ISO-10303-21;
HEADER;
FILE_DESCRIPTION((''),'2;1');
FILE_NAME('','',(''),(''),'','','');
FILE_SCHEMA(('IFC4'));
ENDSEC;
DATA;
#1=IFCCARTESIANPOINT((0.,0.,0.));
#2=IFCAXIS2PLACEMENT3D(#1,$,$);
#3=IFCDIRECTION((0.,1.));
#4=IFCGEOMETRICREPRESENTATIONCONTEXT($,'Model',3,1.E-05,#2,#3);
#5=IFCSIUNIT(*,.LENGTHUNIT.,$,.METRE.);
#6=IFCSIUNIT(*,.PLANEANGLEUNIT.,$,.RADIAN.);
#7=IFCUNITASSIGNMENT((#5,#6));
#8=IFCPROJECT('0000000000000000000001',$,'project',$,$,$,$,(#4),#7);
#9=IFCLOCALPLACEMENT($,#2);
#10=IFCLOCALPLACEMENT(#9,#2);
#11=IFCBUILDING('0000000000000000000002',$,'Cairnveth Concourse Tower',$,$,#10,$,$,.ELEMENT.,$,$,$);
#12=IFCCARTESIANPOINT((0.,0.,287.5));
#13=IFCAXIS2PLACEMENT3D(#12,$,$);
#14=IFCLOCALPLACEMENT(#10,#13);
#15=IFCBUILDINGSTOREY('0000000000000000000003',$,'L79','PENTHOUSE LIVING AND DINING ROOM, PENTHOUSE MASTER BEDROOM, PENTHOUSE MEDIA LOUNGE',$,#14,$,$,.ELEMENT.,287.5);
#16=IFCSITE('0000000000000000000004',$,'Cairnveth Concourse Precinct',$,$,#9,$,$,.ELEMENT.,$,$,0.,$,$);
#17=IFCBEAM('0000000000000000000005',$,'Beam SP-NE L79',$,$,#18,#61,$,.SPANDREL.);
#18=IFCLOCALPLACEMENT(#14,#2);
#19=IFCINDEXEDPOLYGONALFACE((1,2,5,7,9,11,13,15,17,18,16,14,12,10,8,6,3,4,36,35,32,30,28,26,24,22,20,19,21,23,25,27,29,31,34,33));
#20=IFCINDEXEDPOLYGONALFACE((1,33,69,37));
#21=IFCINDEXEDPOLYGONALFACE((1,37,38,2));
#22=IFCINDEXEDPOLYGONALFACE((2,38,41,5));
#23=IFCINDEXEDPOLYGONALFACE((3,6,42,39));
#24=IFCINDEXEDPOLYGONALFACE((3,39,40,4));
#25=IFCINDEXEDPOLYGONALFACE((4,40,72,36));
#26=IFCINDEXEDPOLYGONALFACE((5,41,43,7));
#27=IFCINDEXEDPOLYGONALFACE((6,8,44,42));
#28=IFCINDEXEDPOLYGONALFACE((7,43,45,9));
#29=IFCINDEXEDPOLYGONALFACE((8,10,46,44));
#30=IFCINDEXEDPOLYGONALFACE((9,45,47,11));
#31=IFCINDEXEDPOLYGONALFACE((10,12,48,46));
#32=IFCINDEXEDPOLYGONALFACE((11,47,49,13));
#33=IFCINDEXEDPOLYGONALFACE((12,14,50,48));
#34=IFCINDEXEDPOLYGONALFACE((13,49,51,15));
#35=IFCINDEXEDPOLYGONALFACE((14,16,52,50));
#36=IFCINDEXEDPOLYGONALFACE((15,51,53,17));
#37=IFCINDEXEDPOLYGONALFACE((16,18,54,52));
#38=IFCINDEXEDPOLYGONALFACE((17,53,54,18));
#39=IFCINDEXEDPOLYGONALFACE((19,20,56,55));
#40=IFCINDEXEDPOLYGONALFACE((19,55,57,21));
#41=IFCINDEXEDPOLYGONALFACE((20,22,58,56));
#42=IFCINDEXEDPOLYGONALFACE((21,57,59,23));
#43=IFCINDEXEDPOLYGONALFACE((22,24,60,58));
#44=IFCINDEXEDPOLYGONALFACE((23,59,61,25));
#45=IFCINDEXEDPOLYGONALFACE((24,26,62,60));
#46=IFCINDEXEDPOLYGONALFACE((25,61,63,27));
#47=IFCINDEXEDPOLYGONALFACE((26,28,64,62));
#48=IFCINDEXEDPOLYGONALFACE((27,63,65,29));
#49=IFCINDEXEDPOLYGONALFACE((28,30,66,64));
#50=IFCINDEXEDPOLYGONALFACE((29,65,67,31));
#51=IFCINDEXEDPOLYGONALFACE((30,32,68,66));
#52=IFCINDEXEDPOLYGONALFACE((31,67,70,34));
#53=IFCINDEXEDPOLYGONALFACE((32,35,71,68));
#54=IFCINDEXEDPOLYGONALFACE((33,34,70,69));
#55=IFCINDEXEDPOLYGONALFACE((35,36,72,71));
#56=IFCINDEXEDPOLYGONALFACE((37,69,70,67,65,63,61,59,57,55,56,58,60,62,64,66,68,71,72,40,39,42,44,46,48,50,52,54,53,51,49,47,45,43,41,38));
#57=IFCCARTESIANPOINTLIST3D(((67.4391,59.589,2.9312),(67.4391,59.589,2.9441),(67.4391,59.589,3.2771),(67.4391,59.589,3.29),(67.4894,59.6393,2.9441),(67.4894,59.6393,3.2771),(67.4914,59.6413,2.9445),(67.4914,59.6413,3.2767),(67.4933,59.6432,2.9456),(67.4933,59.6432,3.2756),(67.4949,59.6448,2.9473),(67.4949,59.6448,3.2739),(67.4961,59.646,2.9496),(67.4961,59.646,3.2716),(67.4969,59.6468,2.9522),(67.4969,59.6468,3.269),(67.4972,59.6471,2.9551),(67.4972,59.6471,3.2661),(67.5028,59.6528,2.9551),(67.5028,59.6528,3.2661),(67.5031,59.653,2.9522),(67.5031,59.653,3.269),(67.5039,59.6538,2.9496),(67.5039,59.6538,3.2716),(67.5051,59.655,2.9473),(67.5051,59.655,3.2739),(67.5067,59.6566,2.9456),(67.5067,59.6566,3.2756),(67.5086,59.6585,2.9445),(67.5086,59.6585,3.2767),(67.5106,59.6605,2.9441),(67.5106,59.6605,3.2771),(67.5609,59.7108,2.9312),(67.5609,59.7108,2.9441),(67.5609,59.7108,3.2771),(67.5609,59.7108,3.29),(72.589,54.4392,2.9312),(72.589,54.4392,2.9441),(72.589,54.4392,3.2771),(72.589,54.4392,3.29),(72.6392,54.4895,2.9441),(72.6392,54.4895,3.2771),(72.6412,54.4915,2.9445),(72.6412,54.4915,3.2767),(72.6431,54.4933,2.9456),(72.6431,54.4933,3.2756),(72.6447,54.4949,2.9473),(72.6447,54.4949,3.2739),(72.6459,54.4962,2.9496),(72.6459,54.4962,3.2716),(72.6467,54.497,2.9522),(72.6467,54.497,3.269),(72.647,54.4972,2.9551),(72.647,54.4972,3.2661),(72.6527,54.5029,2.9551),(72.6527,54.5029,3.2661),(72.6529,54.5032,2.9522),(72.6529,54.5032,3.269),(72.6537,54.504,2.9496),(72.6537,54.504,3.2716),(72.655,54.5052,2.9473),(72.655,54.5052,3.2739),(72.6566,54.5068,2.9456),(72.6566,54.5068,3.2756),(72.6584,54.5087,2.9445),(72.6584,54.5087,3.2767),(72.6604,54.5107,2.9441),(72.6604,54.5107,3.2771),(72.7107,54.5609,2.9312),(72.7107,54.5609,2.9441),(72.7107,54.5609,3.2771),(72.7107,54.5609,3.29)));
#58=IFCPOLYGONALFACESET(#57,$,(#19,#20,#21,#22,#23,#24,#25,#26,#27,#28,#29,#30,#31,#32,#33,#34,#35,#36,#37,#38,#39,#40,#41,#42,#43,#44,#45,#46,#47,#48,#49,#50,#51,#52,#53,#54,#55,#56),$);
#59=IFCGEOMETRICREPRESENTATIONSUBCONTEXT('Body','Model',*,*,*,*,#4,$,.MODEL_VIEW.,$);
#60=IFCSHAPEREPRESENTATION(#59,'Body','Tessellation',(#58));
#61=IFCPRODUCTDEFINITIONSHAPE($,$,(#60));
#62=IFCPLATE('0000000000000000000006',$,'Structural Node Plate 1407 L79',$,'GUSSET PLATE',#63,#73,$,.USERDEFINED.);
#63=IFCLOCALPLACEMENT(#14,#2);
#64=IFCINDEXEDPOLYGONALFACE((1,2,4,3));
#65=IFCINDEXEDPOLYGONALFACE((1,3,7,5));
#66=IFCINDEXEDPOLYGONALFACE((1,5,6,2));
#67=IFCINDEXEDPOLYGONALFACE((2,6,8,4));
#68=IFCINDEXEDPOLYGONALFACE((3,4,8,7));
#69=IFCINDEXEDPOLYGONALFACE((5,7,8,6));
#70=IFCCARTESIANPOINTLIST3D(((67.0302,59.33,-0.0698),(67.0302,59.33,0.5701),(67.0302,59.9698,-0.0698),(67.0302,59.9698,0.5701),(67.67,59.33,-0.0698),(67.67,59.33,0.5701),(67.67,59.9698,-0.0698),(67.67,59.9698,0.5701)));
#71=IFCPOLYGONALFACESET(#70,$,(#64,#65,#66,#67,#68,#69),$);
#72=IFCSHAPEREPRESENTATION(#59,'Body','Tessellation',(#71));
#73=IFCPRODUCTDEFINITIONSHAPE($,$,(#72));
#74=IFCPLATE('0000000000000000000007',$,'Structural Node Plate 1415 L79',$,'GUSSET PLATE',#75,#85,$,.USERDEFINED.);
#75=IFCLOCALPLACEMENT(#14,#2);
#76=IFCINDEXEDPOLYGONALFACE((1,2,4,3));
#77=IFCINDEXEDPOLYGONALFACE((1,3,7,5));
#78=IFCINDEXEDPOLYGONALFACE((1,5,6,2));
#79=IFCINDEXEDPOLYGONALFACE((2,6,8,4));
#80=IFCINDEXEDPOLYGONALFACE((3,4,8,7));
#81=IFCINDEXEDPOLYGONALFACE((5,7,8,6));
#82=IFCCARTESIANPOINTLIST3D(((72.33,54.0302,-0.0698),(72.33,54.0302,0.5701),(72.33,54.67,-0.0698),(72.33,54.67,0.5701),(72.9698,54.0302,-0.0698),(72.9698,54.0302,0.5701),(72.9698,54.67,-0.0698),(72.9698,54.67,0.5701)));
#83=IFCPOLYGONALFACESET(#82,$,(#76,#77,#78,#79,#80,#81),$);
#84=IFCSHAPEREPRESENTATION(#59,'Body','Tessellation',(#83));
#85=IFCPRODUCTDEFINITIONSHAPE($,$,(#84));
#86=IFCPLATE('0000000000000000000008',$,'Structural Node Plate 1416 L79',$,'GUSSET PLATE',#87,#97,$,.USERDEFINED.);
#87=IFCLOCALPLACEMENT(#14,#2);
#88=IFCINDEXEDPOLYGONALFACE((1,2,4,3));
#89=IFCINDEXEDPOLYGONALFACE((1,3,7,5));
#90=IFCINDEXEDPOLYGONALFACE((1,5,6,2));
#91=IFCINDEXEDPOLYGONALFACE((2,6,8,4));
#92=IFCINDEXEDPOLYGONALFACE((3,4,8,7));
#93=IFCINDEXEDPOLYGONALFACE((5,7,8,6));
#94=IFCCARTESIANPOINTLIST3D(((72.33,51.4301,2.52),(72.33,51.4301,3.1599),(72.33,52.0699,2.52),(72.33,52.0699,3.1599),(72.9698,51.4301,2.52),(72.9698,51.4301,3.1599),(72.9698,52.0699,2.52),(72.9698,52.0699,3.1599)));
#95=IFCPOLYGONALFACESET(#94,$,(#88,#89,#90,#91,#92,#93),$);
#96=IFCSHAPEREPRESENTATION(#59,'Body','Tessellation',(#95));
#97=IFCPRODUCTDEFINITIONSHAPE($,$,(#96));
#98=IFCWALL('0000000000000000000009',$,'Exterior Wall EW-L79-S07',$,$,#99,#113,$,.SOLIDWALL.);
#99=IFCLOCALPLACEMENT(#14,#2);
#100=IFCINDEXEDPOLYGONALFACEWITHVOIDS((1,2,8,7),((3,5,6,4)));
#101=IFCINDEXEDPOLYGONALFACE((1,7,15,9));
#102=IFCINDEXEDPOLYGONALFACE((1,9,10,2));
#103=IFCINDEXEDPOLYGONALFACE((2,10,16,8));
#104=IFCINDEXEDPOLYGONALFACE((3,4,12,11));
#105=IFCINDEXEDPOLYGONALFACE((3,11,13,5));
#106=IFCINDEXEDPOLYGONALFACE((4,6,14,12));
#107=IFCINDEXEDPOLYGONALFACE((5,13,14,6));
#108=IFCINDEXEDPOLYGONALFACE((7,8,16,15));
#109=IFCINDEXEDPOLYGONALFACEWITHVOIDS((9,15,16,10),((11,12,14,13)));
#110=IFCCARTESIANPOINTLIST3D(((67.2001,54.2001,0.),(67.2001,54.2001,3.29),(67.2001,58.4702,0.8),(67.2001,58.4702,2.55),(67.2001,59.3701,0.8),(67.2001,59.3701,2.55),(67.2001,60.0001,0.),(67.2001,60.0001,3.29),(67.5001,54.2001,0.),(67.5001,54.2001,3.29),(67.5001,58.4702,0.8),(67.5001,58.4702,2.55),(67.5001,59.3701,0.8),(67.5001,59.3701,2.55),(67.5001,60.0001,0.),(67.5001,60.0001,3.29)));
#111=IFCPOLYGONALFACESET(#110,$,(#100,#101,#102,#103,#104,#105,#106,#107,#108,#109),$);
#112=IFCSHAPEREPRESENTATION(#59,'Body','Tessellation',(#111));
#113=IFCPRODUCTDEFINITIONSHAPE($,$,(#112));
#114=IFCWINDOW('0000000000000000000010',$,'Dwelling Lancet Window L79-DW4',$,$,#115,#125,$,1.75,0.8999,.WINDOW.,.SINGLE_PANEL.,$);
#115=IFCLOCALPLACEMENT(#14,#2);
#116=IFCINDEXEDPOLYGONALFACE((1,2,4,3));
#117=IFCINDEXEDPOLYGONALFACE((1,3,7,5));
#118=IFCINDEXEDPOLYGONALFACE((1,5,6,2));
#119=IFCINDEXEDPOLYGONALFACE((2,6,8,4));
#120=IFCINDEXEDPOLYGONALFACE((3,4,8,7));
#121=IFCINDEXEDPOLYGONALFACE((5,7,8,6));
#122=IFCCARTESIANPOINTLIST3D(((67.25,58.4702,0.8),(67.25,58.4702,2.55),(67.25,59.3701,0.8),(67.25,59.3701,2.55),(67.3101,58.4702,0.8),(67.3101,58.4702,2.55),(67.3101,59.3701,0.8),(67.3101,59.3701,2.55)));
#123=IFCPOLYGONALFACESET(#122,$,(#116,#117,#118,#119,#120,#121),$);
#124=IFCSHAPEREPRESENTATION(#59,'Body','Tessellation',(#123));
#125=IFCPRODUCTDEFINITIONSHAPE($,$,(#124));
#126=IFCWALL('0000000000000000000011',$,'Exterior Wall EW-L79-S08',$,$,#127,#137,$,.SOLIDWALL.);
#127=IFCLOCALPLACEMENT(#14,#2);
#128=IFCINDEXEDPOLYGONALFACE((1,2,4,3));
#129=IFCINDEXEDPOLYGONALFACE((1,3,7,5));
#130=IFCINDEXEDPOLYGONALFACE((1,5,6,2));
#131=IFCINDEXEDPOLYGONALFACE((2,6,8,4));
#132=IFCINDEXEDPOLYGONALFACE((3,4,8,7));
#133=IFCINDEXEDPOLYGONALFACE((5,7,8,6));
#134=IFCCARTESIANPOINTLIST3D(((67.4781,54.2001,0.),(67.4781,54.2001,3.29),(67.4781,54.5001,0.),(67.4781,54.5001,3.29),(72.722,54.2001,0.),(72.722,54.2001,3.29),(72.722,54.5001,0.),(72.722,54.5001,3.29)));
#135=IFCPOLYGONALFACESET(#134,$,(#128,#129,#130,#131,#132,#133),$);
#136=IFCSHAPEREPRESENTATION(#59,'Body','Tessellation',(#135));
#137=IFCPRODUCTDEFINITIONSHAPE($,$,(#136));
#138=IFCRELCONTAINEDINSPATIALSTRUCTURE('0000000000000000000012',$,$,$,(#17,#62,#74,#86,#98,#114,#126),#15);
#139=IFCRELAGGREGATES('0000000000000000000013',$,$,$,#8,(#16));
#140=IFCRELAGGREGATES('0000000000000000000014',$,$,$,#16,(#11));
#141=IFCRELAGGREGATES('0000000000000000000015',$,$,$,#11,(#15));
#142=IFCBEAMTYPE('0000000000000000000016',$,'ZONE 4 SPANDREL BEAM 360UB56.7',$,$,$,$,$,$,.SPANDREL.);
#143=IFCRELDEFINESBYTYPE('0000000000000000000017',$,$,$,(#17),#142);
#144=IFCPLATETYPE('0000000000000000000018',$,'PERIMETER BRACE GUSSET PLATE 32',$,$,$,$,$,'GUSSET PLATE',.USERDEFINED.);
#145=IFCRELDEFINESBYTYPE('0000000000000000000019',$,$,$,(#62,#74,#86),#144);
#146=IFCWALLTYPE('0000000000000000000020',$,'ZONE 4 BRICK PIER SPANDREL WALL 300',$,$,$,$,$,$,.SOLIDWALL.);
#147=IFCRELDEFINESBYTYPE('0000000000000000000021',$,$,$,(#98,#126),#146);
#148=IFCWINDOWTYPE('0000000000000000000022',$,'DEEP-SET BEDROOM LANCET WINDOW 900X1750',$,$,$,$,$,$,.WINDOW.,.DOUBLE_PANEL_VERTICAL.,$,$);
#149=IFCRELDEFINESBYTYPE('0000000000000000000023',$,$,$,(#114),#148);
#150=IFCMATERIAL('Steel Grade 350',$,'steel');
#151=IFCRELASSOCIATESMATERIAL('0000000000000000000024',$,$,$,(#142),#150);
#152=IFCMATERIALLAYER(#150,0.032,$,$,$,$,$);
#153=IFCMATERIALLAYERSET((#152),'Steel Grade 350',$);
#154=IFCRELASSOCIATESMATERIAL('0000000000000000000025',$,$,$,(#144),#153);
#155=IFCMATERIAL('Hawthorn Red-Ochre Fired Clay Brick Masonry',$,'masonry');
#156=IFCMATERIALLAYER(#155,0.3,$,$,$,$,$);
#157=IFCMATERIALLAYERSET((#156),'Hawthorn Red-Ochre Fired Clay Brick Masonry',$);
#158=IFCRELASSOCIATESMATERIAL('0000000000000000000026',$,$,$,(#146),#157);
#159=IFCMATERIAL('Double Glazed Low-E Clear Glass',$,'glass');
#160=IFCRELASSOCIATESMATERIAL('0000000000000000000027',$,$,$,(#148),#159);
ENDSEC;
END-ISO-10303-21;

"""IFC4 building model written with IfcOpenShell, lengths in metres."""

from ifc_helpers import new_model, si_unit, direction, frame, frame_2d, origin, origin_2d, place, context, subcontext, project, spatial, rectangle, i_section, extrude, material, layer, layer_set, material_profile, profile_set, type_object, element, fill, save


model = new_model("IFC4")

# Units and contexts
model_context = context("Model", 3, precision=1e-05, world=origin(), true_north=direction((0.0, 1.0)))
body_context = subcontext(model_context, "Body", "Model", "MODEL_VIEW")
ifc_project = project(units=[si_unit("LENGTHUNIT", "METRE"), si_unit("PLANEANGLEUNIT", "RADIAN")], contexts=[model_context])

# Site, building, storey
site_placement = place(None, origin())
site = spatial("IfcSite", under=ifc_project, at=site_placement, Name="Cairnveth Concourse Precinct", CompositionType="ELEMENT", RefElevation=0.0)
building_placement = place(site_placement, origin())
building = spatial("IfcBuilding", under=site, at=building_placement, Name="Cairnveth Concourse Tower", CompositionType="ELEMENT")
storey_placement = place(building_placement, frame((0.0, 0.0, 287.5)))
storey = spatial("IfcBuildingStorey", under=building, at=storey_placement, Name="L79", Description="PENTHOUSE LIVING AND DINING ROOM, PENTHOUSE MASTER BEDROOM, PENTHOUSE MEDIA LOUNGE", CompositionType="ELEMENT", Elevation=287.5)

# Shared definitions
ifc_material_1 = material(Name="Steel Grade 350", Category="steel")

# Beam
ifc_material_profile_1 = material_profile(ifc_material_1, i_section(OverallWidth=0.1721, OverallDepth=0.3589, WebThickness=0.0081, FlangeThickness=0.0129, FilletRadius=0.011, at=origin_2d()), Name="360UB56.7")
ifc_profile_set_1 = profile_set([ifc_material_profile_1], Name="Steel Grade 350")
beam_type_1 = type_object("IfcBeamType", Name="ZONE 4 SPANDREL BEAM 360UB56.7", PredefinedType="SPANDREL", material=ifc_profile_set_1)
beam_1_placement = place(storey_placement, frame((67.5, 59.6499, 3.1106), z_axis=(0.707107, -0.707107, 0.0), x_axis=(0.707107, 0.707107, 0.0)))
element("IfcBeam", 1, at=beam_1_placement, inside=storey, type_object=beam_type_1, Name="Beam SP-NE L79", PredefinedType="SPANDREL", context=body_context, shape_type="SweptSolid", body=[
    extrude(i_section(OverallWidth=0.1721, OverallDepth=0.3589, WebThickness=0.0081, FlangeThickness=0.0129, FilletRadius=0.011, at=origin_2d()), origin(), (0.0, 0.0, 1.0), 7.283),
])

# Plates
ifc_layer_1 = layer(ifc_material_1, 0.032)
ifc_layer_set_1 = layer_set([ifc_layer_1], Name="Steel Grade 350")
plate_type = type_object("IfcPlateType", Name="PERIMETER BRACE GUSSET PLATE 32", ElementType="GUSSET PLATE", PredefinedType="USERDEFINED", material=ifc_layer_set_1)
for number, where, z_axis, x_axis, name in (
    (2, (67.3501, 59.6499, -0.0698), (0.0, 0.0, 1.0), (1.0, 0.0, 0.0), "Structural Node Plate 1407 L79"),
    (3, (72.6499, 54.3501, -0.0698), (0.0, 0.0, 1.0), (1.0, 0.0, 0.0), "Structural Node Plate 1415 L79"),
    (4, (72.6499, 51.75, 2.52), (0.0, 0.0, 1.0), (1.0, 0.0, 0.0), "Structural Node Plate 1416 L79"),
):
    element("IfcPlate", number, at=place(storey_placement, frame(where, z_axis=z_axis, x_axis=x_axis)), inside=storey, type_object=plate_type, Name=name, ObjectType="GUSSET PLATE", PredefinedType="USERDEFINED", context=body_context, shape_type="SweptSolid", body=[
        extrude(rectangle(XDim=0.6399, YDim=0.6399, at=origin_2d()), origin(), (0.0, 0.0, 1.0), 0.6399),
    ])

# Wall, opening, window
ifc_material_2 = material(Name="Hawthorn Red-Ochre Fired Clay Brick Masonry", Category="masonry")
ifc_layer_2 = layer(ifc_material_2, 0.3)
ifc_layer_set_2 = layer_set([ifc_layer_2], Name="Hawthorn Red-Ochre Fired Clay Brick Masonry")
wall_type = type_object("IfcWallType", Name="ZONE 4 BRICK PIER SPANDREL WALL 300", PredefinedType="SOLIDWALL", material=ifc_layer_set_2)
wall_1_placement = place(storey_placement, frame((67.3501, 60.0, 0.0), z_axis=(0.0, 0.0, 1.0), x_axis=(0.0, -1.0, 0.0)))
wall_1 = element("IfcWall", 5, at=wall_1_placement, inside=storey, type_object=wall_type, Name="Exterior Wall EW-L79-S07", PredefinedType="SOLIDWALL", context=body_context, shape_type="SweptSolid", body=[
    extrude(rectangle(XDim=5.8, YDim=0.3, at=frame_2d((2.8999, 0.0))), origin(), (0.0, 0.0, 1.0), 3.29),
])
opening_1_placement = place(wall_1_placement, frame((0.6299, 0.0, 0.8)))
opening_1 = element("IfcOpeningElement", 6, at=opening_1_placement, cuts=wall_1, PredefinedType="OPENING", context=body_context, shape_type="SweptSolid", body=[
    extrude(rectangle(XDim=0.8999, YDim=1.75, at=frame_2d((0.45, 0.875))), frame((0.0, 0.1599, 0.0), z_axis=(0.0, -1.0, 0.0), x_axis=(1.0, 0.0, 0.0)), (0.0, 0.0, 1.0), 0.3201),
])
ifc_material_3 = material(Name="Double Glazed Low-E Clear Glass", Category="glass")
window_type_1 = type_object("IfcWindowType", Name="DEEP-SET BEDROOM LANCET WINDOW 900X1750", PartitioningType="DOUBLE_PANEL_VERTICAL", PredefinedType="WINDOW", material=ifc_material_3)
window_1_placement = place(opening_1_placement, origin())
window_1 = element("IfcWindow", 7, at=window_1_placement, inside=storey, type_object=window_type_1, Name="Dwelling Lancet Window L79-DW4", OverallHeight=1.75, OverallWidth=0.8999, PartitioningType="SINGLE_PANEL", PredefinedType="WINDOW", context=body_context, shape_type="SweptSolid", body=[
    extrude(rectangle(XDim=0.8999, YDim=1.75, at=frame_2d((0.45, 0.875))), frame((0.0, -0.04, 0.0), z_axis=(0.0, -1.0, 0.0), x_axis=(1.0, 0.0, 0.0)), (0.0, 0.0, 1.0), 0.0601),
])
fill(opening_1, window_1)

# Wall
wall_2_placement = place(storey_placement, frame((67.478, 54.3501, 0.0), z_axis=(0.0, 0.0, 1.0), x_axis=(1.0, 0.0, 0.0)))
element("IfcWall", 8, at=wall_2_placement, inside=storey, type_object=wall_type, Name="Exterior Wall EW-L79-S08", PredefinedType="SOLIDWALL", context=body_context, shape_type="SweptSolid", body=[
    extrude(rectangle(XDim=5.2439, YDim=0.3, at=frame_2d((2.6221, 0.0))), origin(), (0.0, 0.0, 1.0), 3.29),
])

save(model, "model.ifc")
